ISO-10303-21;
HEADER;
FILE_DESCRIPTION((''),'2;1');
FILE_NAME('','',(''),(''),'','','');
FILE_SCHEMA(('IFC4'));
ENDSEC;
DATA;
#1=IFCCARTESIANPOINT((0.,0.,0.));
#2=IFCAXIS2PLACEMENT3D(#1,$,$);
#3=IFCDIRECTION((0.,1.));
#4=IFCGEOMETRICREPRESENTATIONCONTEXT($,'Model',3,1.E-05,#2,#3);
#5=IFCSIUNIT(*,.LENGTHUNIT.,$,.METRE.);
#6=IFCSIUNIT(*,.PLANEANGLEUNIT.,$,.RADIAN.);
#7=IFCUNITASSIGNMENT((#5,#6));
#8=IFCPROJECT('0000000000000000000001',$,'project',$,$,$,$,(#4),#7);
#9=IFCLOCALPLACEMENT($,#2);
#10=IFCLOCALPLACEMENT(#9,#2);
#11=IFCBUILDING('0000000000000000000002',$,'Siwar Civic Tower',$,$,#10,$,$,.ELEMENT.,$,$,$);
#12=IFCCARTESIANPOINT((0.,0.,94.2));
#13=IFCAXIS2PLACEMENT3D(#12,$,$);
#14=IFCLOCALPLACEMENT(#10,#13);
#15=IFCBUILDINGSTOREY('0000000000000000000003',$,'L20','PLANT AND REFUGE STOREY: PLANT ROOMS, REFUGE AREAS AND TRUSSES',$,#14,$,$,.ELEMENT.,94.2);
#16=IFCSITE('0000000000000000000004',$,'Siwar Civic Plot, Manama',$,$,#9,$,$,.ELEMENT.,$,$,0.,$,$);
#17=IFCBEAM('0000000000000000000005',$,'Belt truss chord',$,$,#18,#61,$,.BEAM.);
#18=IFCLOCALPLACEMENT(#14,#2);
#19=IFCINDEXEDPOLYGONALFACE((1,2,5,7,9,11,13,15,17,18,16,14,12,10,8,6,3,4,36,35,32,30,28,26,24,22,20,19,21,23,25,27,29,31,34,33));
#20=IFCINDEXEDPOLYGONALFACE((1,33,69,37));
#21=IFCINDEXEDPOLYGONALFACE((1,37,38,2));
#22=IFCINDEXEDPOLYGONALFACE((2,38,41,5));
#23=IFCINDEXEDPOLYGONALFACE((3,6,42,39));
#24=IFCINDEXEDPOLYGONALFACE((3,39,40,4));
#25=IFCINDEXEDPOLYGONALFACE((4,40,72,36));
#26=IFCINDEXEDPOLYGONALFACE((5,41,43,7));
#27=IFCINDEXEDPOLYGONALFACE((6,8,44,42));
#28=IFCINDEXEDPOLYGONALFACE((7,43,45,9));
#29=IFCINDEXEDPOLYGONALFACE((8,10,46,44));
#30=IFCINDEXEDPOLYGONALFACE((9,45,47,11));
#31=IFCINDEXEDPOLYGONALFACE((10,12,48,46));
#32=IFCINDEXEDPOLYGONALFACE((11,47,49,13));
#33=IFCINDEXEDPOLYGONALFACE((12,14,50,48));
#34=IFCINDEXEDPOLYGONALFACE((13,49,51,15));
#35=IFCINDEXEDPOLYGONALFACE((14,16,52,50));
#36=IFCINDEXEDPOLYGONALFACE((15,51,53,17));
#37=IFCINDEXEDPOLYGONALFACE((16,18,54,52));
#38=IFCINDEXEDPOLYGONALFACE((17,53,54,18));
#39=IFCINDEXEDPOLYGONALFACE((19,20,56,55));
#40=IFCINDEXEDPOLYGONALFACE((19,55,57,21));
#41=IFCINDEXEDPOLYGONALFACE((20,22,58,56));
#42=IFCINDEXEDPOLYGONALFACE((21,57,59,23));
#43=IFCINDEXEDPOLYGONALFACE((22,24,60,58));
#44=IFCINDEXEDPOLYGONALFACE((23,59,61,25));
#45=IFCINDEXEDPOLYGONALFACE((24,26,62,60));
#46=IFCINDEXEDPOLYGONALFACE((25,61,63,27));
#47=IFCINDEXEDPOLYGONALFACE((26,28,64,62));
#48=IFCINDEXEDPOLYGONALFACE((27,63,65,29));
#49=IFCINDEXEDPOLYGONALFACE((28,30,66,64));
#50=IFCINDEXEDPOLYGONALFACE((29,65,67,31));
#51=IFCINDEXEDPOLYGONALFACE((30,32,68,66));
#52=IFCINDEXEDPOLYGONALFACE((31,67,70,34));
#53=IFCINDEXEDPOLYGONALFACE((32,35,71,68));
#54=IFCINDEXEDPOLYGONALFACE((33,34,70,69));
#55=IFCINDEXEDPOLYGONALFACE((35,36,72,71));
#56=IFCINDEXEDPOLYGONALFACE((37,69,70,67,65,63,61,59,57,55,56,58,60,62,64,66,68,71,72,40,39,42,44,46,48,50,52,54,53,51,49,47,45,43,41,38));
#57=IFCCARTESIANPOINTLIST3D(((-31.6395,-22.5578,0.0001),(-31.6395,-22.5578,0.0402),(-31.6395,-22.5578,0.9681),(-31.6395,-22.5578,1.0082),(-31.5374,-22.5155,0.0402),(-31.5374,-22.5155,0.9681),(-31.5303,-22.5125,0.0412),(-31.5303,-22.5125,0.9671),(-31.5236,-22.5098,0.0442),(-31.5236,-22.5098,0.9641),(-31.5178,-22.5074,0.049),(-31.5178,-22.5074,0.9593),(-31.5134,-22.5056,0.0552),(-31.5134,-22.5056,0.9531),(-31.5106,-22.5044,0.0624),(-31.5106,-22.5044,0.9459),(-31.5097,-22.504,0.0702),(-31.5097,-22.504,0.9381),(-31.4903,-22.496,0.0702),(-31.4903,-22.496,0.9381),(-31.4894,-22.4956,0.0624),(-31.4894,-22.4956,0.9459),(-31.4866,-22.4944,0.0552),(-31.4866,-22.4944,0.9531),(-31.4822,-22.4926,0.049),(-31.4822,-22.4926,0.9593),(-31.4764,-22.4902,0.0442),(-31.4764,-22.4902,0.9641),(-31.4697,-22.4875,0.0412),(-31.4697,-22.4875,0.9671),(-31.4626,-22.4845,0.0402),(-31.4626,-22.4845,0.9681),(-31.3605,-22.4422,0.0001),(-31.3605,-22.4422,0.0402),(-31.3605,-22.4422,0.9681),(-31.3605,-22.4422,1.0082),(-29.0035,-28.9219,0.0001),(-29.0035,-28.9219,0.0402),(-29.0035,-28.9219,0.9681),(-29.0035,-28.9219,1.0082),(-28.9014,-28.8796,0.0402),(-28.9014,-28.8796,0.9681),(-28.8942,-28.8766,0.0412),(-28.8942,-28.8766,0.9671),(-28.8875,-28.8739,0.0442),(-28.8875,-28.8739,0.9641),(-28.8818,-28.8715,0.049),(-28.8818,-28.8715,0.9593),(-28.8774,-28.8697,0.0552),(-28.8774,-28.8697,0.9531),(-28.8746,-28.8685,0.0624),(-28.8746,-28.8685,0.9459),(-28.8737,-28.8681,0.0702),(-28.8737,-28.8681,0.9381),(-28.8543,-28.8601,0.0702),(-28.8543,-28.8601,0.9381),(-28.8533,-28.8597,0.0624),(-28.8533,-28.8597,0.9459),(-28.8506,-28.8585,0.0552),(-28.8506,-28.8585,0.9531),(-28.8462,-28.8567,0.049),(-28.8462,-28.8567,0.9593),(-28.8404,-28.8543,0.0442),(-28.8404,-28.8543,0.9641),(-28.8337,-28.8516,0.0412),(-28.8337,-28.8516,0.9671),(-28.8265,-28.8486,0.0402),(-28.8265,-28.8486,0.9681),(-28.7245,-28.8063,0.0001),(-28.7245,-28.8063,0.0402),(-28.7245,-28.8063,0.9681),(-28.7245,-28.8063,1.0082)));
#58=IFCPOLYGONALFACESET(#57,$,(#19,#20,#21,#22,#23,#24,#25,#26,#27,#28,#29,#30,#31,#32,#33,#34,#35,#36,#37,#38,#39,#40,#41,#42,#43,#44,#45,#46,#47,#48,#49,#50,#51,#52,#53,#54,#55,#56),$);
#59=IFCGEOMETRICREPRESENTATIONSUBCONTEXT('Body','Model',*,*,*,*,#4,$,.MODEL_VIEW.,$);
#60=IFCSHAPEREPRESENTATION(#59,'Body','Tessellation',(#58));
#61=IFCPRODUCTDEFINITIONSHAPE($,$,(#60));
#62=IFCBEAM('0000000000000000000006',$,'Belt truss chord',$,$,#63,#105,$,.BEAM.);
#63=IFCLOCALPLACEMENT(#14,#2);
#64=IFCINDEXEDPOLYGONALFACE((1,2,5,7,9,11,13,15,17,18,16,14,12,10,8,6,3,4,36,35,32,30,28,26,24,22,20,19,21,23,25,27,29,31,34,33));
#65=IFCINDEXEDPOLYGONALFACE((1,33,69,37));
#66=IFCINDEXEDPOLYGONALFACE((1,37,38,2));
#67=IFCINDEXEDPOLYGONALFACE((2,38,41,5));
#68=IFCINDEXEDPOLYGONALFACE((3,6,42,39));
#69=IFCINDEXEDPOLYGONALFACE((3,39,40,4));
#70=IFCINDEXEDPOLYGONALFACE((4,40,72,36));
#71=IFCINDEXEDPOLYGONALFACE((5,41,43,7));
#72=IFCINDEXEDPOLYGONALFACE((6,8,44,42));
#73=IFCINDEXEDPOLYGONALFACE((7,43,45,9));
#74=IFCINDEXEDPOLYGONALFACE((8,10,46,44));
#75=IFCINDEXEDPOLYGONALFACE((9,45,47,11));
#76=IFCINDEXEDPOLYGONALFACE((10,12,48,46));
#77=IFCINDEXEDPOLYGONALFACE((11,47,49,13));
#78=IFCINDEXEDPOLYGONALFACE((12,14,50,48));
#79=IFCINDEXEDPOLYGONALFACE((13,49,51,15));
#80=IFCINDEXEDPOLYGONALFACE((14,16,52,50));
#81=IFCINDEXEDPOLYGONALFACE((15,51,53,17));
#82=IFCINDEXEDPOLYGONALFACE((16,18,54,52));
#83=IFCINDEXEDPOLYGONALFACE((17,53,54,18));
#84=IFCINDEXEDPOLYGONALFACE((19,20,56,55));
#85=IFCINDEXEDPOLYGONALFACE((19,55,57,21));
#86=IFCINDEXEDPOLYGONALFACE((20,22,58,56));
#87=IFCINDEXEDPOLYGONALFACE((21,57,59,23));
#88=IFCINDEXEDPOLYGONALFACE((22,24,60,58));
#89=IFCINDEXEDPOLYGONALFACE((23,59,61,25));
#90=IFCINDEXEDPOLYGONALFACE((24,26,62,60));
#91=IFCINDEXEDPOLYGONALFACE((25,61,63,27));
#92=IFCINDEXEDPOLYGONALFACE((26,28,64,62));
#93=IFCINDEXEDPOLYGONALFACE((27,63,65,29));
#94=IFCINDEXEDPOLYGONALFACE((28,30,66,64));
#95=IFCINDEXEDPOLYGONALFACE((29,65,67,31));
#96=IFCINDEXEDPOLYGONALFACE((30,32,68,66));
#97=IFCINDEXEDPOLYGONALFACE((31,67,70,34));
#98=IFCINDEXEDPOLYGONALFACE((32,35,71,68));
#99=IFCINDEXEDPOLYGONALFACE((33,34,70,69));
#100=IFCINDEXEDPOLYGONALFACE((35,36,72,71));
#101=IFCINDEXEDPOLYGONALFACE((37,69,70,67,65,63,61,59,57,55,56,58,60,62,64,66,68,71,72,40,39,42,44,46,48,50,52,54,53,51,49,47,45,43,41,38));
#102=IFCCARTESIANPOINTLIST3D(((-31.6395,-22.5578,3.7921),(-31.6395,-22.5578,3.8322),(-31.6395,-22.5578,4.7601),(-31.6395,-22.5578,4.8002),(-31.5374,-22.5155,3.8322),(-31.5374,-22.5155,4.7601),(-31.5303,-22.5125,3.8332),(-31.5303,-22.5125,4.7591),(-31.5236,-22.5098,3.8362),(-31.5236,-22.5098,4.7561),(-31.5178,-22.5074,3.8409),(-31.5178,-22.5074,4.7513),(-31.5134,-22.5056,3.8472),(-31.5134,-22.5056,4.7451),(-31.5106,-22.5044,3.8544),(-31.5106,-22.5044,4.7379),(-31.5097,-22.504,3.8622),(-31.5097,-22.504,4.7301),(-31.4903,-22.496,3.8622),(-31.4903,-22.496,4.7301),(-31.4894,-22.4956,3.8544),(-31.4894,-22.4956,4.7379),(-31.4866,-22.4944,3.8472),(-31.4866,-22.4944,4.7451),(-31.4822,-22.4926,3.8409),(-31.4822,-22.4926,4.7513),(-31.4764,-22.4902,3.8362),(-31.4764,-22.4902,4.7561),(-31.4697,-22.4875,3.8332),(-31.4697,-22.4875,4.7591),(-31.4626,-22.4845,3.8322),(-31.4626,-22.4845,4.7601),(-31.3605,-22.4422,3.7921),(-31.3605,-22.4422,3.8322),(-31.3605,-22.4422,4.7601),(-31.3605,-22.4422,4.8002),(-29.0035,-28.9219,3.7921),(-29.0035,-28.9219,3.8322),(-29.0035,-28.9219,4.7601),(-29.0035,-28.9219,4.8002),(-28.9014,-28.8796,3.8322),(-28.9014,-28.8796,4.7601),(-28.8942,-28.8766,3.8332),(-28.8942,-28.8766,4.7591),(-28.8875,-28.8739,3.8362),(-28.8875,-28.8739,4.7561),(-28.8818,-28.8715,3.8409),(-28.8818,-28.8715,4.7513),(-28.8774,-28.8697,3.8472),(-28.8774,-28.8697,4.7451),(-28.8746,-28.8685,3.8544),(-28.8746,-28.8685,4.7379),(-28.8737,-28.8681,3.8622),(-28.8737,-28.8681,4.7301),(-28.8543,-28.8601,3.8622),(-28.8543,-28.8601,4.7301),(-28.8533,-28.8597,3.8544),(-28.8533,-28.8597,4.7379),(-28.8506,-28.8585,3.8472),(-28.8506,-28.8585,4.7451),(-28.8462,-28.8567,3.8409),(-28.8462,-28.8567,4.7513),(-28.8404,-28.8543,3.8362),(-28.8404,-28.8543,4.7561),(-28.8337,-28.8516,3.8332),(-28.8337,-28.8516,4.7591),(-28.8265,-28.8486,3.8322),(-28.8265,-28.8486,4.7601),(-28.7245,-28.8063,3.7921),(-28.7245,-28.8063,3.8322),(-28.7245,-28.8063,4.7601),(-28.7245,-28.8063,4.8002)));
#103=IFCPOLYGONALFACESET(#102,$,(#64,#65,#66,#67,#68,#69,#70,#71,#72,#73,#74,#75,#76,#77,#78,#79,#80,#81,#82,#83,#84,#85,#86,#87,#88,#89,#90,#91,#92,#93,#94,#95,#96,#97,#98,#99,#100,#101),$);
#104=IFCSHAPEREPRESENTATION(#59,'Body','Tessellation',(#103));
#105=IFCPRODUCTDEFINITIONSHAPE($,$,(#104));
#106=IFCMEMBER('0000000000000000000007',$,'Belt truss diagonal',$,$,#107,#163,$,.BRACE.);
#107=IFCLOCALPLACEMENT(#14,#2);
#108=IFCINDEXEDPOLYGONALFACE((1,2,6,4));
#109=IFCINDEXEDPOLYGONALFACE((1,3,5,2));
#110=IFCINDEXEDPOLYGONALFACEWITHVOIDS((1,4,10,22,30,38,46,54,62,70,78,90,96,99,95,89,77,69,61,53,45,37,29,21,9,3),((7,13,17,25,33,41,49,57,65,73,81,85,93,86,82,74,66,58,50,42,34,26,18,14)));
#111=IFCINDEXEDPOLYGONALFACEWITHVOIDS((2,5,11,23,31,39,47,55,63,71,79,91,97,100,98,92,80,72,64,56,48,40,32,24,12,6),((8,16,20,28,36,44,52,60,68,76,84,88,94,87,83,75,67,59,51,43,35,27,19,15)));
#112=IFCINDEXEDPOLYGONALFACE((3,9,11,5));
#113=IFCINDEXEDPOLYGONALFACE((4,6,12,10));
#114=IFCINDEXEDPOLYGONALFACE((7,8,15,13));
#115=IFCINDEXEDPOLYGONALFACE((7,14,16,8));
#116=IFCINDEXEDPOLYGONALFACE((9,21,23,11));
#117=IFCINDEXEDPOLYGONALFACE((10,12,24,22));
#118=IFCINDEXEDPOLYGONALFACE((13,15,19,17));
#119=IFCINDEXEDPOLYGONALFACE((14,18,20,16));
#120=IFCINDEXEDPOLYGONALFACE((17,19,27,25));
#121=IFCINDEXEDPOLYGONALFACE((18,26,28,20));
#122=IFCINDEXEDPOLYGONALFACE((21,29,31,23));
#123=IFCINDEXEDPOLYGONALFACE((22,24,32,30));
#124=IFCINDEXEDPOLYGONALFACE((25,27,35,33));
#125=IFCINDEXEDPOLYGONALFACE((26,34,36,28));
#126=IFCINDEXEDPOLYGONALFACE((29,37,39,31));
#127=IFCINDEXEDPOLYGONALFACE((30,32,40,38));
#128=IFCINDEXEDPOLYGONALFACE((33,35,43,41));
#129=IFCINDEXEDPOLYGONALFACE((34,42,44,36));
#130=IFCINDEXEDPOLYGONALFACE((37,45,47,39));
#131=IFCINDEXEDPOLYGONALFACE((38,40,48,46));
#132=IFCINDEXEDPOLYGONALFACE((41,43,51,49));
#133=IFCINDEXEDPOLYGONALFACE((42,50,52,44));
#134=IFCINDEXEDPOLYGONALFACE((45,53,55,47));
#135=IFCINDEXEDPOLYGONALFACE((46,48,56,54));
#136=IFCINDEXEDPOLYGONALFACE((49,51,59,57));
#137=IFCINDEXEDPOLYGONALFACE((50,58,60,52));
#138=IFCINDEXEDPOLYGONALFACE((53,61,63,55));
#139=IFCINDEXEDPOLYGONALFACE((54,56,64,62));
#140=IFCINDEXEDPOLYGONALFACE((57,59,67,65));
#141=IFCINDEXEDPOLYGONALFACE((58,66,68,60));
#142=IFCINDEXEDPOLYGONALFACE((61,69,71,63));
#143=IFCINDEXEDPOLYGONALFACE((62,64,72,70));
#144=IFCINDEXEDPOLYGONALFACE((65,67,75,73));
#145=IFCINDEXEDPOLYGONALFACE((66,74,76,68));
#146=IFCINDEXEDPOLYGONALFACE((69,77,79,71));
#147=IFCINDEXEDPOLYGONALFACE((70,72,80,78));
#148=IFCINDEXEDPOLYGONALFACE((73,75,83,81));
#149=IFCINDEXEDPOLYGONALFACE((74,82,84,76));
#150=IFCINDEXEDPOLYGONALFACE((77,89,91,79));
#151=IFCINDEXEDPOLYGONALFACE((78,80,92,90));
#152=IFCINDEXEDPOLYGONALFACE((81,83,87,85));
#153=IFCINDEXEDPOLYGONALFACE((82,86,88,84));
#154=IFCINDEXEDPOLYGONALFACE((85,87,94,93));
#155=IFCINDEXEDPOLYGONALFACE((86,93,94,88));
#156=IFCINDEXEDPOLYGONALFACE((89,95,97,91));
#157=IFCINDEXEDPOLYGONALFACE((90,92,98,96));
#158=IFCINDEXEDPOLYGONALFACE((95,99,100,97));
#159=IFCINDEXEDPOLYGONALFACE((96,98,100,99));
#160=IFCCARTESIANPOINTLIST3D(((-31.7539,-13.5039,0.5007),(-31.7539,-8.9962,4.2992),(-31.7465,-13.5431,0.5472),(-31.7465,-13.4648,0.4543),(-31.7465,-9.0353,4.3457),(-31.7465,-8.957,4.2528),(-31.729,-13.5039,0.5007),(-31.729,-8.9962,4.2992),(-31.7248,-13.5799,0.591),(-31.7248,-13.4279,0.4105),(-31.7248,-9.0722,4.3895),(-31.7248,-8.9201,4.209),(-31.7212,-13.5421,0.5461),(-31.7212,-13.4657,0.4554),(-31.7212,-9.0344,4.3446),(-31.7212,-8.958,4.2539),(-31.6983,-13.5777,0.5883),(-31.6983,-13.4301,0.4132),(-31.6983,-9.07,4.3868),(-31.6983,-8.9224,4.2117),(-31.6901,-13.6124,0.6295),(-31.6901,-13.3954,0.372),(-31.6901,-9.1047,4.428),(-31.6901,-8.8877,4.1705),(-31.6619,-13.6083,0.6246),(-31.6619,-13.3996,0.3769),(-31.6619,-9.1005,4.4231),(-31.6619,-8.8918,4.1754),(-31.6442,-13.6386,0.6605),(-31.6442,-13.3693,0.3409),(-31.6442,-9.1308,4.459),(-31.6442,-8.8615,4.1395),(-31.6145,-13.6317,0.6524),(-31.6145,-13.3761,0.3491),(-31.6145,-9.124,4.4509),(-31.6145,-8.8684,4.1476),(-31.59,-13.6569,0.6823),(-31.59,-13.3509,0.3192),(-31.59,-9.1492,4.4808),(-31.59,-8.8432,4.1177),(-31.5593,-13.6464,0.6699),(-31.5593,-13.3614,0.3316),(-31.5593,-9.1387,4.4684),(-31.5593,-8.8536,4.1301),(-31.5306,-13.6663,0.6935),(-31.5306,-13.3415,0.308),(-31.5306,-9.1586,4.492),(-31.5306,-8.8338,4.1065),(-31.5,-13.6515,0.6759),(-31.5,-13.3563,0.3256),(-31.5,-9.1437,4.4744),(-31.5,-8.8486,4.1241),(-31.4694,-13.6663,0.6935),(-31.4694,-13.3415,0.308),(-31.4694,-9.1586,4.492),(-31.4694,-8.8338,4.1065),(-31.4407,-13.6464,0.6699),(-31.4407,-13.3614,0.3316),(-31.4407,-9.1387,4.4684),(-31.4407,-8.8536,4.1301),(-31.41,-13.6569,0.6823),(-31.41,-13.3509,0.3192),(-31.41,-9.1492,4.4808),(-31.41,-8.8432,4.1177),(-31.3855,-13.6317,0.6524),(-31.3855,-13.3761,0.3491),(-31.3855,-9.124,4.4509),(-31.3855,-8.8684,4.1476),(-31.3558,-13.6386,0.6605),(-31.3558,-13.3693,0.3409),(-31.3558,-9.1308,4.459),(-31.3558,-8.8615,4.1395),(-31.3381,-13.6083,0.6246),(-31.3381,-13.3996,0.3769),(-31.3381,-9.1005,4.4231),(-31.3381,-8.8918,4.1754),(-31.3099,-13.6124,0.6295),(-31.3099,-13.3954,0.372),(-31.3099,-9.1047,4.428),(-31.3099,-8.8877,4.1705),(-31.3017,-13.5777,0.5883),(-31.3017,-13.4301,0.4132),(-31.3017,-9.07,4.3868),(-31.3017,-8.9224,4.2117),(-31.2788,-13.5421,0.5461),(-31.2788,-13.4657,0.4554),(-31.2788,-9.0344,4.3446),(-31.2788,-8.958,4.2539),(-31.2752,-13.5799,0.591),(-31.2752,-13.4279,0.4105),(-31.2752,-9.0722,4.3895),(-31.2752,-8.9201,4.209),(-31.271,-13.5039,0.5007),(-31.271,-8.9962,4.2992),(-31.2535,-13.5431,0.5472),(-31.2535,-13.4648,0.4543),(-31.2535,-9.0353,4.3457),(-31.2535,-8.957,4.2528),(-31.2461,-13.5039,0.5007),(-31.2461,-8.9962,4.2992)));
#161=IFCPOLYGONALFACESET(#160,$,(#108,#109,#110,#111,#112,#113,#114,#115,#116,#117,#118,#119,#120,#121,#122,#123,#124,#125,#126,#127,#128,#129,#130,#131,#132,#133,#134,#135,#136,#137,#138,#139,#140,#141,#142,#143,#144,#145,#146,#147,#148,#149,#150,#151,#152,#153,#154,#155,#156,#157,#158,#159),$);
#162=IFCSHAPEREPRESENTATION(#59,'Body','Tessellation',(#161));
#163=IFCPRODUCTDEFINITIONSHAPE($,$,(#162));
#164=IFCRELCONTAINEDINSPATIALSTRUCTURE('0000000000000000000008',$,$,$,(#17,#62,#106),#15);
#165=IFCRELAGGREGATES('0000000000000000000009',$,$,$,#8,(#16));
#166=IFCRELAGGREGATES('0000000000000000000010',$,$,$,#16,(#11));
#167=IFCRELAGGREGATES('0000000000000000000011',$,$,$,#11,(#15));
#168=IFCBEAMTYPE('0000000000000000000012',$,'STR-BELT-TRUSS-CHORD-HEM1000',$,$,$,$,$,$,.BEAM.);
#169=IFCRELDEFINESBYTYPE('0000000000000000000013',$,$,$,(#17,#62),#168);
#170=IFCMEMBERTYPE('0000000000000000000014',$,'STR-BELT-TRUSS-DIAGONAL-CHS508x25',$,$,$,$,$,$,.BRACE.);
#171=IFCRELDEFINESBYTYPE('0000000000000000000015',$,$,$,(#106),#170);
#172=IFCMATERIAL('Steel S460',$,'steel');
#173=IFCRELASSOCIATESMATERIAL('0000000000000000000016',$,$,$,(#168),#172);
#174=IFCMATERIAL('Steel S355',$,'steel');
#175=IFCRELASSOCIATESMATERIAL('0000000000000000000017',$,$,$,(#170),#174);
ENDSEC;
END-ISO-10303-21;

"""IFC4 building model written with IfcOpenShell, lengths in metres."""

from ifc_helpers import new_model, si_unit, direction, frame, origin, origin_2d, place, context, subcontext, project, spatial, hollow_circle, i_section, extrude, material, material_profile, profile_set, type_object, element, save


model = new_model("IFC4")

# Units and contexts
model_context = context("Model", 3, precision=1e-05, world=origin(), true_north=direction((0.0, 1.0)))
body_context = subcontext(model_context, "Body", "Model", "MODEL_VIEW")
ifc_project = project(units=[si_unit("LENGTHUNIT", "METRE"), si_unit("PLANEANGLEUNIT", "RADIAN")], contexts=[model_context])

# Site, building, storey
site_placement = place(None, origin())
site = spatial("IfcSite", under=ifc_project, at=site_placement, Name="Siwar Civic Plot, Manama", CompositionType="ELEMENT", RefElevation=0.0)
building_placement = place(site_placement, origin())
building = spatial("IfcBuilding", under=site, at=building_placement, Name="Siwar Civic Tower", CompositionType="ELEMENT")
storey_placement = place(building_placement, frame((0.0, 0.0, 94.2)))
storey = spatial("IfcBuildingStorey", under=building, at=storey_placement, Name="L20", Description="PLANT AND REFUGE STOREY: PLANT ROOMS, REFUGE AREAS AND TRUSSES", CompositionType="ELEMENT", Elevation=94.2)

# Beams
ifc_material_1 = material(Name="Steel S460", Category="steel")
ifc_material_profile_1 = material_profile(ifc_material_1, i_section(OverallWidth=0.302, OverallDepth=1.0081, WebThickness=0.021, FlangeThickness=0.04, FilletRadius=0.03, at=origin_2d()), Name="HEM1000")
ifc_profile_set_1 = profile_set([ifc_material_profile_1], Name="Steel S460")
beam_type_1 = type_object("IfcBeamType", Name="STR-BELT-TRUSS-CHORD-HEM1000", PredefinedType="BEAM", material=ifc_profile_set_1)
for number, where, z_axis, x_axis, name in (
    (1, (-31.5, -22.5, 0.5042), (0.382674, -0.923883, 0.0), (0.923883, 0.382674, 0.0), "Belt truss chord"),
    (2, (-31.5, -22.5, 4.2961), (0.382674, -0.923883, 0.0), (0.923883, 0.382674, 0.0), "Belt truss chord"),
):
    element("IfcBeam", number, at=place(storey_placement, frame(where, z_axis=z_axis, x_axis=x_axis)), inside=storey, type_object=beam_type_1, Name=name, PredefinedType="BEAM", context=body_context, shape_type="SweptSolid", body=[
        extrude(i_section(OverallWidth=0.302, OverallDepth=1.0081, WebThickness=0.021, FlangeThickness=0.04, FilletRadius=0.03, at=origin_2d()), origin(), (0.0, 0.0, 1.0), 6.8884),
    ])

# Member
ifc_material_2 = material(Name="Steel S355", Category="steel")
ifc_material_profile_2 = material_profile(ifc_material_2, hollow_circle(Radius=0.2539, WallThickness=0.0249, at=origin_2d()), Name="CHS508x25")
ifc_profile_set_2 = profile_set([ifc_material_profile_2], Name="Steel S355")
member_type_1 = type_object("IfcMemberType", Name="STR-BELT-TRUSS-DIAGONAL-CHS508x25", PredefinedType="BRACE", material=ifc_profile_set_2)
for number, where, z_axis, x_axis, name in (
    (3, (-31.5, -13.5039, 0.5007), (0.0, 0.7647, 0.644387), (-1.0, 0.0, 0.0), "Belt truss diagonal"),
):
    element("IfcMember", number, at=place(storey_placement, frame(where, z_axis=z_axis, x_axis=x_axis)), inside=storey, type_object=member_type_1, Name=name, PredefinedType="BRACE", context=body_context, shape_type="SweptSolid", body=[
        extrude(hollow_circle(Radius=0.2539, WallThickness=0.0249, at=origin_2d()), origin(), (0.0, 0.0, 1.0), 5.8948),
    ])

save(model, "model.ifc")
